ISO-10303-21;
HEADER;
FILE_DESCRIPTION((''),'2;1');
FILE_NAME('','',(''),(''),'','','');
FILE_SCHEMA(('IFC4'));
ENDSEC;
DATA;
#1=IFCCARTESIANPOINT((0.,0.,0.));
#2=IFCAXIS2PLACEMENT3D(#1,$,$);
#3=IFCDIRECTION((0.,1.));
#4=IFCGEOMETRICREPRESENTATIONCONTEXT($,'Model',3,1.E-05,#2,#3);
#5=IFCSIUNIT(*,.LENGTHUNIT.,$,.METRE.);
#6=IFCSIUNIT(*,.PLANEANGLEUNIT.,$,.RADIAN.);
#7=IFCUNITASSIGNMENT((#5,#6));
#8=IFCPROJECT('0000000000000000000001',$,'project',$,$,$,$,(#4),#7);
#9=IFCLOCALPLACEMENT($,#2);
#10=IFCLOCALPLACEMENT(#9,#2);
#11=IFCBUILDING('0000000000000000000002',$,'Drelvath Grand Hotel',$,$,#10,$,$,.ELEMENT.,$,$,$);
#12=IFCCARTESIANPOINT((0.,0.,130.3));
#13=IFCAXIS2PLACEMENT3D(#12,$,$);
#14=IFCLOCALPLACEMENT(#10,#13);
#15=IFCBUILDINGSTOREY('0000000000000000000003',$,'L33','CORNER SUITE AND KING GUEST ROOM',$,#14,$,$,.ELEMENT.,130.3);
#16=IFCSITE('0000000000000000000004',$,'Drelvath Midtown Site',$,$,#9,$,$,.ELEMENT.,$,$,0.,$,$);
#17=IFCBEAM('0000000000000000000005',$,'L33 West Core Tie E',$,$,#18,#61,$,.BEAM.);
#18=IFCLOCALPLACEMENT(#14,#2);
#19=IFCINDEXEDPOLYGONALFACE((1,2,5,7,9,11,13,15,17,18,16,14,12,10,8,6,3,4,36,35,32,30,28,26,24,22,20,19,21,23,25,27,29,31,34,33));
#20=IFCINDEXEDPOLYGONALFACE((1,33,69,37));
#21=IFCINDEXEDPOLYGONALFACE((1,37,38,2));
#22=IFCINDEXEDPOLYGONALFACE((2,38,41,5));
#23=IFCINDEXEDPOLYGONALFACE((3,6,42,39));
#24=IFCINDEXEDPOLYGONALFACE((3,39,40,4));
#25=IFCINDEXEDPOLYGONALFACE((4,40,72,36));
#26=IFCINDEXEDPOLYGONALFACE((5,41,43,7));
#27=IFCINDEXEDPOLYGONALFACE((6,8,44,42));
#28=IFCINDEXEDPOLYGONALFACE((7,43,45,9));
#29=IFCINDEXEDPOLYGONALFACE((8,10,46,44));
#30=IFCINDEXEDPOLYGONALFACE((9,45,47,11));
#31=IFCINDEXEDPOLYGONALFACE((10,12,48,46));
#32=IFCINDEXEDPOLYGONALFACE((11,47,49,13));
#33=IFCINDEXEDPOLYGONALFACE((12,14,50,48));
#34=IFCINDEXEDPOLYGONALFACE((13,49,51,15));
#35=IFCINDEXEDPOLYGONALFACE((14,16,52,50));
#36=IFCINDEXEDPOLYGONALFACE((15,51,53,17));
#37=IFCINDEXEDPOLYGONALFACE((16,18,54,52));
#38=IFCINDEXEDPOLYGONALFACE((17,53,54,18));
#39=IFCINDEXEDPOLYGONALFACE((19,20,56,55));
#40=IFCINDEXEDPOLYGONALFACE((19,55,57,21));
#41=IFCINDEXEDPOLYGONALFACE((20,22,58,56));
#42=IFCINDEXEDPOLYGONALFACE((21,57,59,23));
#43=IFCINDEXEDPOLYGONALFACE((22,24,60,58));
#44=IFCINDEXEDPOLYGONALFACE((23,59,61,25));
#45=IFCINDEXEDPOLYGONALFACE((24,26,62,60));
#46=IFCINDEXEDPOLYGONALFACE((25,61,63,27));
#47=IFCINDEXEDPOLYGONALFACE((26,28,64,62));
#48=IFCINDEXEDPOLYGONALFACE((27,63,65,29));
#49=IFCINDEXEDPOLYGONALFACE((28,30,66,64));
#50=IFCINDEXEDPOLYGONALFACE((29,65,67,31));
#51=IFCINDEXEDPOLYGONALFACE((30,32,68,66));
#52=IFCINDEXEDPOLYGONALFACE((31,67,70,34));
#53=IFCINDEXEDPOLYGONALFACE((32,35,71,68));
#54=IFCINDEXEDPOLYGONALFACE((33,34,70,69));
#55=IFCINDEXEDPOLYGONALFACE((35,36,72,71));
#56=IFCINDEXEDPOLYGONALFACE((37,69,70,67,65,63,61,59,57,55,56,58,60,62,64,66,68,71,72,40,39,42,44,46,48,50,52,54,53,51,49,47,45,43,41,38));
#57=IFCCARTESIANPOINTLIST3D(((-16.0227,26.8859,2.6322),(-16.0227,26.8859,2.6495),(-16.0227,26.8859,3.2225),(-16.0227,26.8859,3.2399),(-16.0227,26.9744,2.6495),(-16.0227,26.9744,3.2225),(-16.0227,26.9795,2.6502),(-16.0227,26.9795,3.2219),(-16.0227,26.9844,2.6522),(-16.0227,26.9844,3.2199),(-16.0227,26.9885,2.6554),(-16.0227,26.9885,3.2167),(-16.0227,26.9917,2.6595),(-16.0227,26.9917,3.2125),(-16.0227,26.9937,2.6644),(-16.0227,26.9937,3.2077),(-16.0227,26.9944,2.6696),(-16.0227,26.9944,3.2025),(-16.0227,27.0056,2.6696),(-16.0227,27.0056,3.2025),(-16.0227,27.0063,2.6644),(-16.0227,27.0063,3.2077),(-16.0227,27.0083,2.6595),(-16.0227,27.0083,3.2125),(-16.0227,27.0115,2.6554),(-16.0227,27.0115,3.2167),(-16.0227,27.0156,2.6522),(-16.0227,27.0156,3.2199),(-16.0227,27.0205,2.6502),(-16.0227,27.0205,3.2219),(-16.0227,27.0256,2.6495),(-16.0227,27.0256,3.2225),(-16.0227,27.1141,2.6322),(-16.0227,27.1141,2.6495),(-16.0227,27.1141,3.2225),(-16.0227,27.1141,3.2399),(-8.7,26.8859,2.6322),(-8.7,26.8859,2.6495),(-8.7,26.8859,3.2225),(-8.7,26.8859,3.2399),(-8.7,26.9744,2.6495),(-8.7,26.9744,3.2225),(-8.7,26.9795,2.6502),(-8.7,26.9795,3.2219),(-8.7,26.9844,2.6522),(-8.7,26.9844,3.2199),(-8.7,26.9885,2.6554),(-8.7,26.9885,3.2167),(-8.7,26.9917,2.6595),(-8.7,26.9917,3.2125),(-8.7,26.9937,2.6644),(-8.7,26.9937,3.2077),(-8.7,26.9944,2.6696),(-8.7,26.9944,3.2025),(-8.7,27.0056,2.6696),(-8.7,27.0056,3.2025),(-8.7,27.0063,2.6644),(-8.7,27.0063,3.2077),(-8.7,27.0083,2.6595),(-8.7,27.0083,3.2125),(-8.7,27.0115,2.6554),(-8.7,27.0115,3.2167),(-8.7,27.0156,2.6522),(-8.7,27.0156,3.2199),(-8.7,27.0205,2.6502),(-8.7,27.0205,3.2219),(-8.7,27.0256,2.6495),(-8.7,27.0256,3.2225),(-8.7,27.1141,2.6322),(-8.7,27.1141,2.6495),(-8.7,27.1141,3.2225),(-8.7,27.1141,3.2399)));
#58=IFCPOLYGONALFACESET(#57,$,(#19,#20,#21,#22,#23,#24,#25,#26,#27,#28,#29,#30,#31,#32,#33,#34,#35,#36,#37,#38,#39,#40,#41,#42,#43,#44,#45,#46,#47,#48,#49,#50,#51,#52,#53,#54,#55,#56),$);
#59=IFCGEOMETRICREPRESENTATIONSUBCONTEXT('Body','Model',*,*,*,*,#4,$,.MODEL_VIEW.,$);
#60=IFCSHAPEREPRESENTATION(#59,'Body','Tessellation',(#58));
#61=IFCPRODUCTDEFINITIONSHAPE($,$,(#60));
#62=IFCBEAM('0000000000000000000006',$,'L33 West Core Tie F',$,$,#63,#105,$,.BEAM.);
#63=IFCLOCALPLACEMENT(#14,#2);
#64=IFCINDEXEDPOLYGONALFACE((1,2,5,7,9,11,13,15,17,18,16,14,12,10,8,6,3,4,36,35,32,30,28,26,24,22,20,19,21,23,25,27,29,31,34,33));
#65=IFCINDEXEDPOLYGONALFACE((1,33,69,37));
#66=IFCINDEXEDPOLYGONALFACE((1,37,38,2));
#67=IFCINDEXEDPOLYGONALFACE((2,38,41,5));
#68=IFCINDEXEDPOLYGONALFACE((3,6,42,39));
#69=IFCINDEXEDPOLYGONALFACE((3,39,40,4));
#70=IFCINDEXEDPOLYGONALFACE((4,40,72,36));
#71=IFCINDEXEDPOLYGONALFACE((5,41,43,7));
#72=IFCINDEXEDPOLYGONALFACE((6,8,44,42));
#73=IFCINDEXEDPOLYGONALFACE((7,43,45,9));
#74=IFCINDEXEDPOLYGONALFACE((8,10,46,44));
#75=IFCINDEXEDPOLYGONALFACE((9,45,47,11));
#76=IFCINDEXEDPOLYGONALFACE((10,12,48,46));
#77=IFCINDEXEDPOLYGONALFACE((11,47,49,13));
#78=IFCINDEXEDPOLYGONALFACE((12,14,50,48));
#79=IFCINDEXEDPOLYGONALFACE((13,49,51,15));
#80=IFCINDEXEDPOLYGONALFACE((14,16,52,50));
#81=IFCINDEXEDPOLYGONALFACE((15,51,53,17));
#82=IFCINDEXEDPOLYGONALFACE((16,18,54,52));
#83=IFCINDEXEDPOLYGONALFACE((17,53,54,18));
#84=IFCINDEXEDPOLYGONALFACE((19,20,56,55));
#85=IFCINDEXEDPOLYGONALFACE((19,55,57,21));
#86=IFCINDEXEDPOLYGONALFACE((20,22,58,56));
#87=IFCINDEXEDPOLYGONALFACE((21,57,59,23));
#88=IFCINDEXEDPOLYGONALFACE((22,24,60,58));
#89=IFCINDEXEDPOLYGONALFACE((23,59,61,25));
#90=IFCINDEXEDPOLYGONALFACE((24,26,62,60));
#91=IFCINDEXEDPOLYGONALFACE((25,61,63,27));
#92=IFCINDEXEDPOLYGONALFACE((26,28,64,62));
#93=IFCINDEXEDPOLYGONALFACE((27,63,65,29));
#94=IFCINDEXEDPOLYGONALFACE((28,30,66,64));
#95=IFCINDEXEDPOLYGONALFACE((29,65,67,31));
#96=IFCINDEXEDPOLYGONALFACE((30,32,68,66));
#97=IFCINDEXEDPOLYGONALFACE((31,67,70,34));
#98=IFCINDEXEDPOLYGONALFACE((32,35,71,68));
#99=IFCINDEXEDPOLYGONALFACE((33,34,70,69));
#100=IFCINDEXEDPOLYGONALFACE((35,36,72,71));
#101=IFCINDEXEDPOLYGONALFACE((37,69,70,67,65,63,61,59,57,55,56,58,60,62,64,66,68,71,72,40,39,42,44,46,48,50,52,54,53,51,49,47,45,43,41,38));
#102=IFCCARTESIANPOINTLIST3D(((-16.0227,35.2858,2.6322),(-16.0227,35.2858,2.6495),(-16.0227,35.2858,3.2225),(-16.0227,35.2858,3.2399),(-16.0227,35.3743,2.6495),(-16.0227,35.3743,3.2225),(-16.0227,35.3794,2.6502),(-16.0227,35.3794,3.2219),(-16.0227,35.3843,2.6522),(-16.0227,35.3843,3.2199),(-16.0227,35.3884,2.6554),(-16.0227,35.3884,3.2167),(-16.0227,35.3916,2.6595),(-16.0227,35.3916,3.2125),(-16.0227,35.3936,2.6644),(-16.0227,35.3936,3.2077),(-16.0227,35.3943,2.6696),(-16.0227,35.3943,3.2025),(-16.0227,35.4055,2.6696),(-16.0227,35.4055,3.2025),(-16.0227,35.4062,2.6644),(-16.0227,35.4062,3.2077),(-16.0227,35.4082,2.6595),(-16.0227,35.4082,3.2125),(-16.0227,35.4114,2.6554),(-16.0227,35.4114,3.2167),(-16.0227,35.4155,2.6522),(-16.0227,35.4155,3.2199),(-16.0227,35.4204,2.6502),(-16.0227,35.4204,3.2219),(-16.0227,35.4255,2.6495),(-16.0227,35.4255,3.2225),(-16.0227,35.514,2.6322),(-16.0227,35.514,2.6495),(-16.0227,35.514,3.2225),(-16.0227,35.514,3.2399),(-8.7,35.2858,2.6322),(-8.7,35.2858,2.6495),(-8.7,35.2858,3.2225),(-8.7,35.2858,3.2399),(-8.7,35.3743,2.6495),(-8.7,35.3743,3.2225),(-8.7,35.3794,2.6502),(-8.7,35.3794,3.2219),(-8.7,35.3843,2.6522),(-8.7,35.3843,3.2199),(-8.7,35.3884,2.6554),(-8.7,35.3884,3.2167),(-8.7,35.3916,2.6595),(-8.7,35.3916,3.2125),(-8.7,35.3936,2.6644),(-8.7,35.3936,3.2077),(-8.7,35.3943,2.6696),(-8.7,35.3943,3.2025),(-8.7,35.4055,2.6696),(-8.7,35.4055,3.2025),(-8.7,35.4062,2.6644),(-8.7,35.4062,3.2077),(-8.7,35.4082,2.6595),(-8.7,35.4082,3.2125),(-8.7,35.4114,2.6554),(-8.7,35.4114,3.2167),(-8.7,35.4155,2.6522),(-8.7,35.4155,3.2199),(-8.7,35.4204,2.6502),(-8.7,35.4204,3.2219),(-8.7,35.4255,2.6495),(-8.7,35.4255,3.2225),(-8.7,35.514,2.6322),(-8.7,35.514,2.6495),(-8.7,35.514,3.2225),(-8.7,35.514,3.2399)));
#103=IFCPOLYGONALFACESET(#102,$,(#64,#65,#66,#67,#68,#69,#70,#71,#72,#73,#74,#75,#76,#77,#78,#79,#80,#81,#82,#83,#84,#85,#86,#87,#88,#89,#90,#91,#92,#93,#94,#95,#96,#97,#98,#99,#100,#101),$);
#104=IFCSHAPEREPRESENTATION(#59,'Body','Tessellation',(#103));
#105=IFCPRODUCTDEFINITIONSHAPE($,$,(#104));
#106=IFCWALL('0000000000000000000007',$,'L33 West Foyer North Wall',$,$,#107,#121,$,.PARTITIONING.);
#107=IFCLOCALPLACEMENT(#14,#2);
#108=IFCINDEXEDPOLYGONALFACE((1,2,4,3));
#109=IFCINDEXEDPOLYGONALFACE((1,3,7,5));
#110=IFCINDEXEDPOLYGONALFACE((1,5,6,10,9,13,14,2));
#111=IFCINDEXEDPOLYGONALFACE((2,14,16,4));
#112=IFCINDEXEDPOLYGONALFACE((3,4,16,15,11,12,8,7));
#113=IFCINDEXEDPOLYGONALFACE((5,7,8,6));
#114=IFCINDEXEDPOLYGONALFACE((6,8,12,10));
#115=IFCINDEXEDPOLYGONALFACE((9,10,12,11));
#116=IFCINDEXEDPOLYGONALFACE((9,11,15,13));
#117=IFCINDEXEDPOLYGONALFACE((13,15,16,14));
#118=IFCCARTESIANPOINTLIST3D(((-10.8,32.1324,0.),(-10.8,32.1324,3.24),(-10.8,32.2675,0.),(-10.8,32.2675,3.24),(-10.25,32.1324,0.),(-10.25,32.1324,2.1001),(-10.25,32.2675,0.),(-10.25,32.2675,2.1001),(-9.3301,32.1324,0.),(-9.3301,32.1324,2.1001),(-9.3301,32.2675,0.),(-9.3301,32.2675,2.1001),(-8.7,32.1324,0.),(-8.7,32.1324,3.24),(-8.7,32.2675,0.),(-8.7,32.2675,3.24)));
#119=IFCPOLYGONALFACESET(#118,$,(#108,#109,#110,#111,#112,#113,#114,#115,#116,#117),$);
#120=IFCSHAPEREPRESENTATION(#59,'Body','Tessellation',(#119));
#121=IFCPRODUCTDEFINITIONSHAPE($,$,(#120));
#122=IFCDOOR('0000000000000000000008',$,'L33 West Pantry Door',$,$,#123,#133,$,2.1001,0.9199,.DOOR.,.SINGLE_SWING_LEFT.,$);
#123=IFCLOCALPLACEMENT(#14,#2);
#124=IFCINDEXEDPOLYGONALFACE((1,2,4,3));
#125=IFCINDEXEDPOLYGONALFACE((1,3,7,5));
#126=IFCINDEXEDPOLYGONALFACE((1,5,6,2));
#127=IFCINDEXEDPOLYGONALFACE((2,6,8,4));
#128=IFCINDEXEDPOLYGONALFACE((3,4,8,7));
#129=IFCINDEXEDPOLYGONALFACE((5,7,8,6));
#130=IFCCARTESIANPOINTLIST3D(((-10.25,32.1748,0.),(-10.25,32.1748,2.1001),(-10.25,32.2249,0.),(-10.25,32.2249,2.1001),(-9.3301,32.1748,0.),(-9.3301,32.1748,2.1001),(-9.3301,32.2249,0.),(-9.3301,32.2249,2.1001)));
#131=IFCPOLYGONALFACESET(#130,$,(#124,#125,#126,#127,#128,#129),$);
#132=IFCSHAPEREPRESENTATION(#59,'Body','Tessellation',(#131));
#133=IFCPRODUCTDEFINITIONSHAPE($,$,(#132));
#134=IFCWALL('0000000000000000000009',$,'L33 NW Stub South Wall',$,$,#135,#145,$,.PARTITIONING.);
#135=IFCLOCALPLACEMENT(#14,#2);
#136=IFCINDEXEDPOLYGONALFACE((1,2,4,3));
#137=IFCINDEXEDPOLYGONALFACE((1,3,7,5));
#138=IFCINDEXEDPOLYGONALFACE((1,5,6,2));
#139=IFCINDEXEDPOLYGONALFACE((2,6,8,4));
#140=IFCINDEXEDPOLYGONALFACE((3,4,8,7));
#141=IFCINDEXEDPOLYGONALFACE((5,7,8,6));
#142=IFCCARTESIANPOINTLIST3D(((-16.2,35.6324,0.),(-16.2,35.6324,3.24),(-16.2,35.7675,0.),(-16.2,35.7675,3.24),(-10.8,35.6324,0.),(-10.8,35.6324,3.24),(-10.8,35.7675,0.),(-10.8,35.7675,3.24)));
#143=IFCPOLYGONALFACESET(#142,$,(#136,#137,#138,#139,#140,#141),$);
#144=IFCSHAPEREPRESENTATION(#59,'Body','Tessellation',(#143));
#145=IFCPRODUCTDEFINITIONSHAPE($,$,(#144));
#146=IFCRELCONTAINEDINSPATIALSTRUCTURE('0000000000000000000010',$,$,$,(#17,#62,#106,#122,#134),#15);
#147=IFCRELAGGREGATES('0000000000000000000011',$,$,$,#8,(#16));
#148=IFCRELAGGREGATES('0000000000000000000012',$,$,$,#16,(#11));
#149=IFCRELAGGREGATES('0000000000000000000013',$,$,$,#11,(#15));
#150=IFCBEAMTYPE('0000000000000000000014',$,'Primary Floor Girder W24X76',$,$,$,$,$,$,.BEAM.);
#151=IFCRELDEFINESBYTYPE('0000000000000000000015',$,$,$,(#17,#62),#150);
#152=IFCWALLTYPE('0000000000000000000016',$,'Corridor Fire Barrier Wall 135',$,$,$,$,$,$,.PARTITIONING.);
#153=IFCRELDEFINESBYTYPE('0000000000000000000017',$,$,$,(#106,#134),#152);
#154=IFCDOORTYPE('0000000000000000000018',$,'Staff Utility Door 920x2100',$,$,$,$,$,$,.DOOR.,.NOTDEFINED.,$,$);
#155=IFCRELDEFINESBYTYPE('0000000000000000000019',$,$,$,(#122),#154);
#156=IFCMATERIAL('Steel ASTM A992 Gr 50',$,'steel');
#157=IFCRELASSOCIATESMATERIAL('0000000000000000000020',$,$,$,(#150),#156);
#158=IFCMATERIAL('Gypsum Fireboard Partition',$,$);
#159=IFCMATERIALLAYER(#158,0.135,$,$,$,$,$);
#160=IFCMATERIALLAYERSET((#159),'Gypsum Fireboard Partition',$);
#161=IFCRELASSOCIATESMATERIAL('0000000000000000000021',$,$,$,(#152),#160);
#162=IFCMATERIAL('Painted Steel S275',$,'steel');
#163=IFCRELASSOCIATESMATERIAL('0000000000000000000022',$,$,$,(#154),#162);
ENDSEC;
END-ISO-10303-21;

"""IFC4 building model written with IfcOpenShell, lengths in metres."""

from ifc_helpers import new_model, si_unit, direction, frame, frame_2d, origin, origin_2d, place, context, subcontext, project, spatial, rectangle, i_section, extrude, material, layer, layer_set, material_profile, profile_set, type_object, element, fill, save


model = new_model("IFC4")

# Units and contexts
model_context = context("Model", 3, precision=1e-05, world=origin(), true_north=direction((0.0, 1.0)))
body_context = subcontext(model_context, "Body", "Model", "MODEL_VIEW")
ifc_project = project(units=[si_unit("LENGTHUNIT", "METRE"), si_unit("PLANEANGLEUNIT", "RADIAN")], contexts=[model_context])

# Site, building, storey
site_placement = place(None, origin())
site = spatial("IfcSite", under=ifc_project, at=site_placement, Name="Drelvath Midtown Site", CompositionType="ELEMENT", RefElevation=0.0)
building_placement = place(site_placement, origin())
building = spatial("IfcBuilding", under=site, at=building_placement, Name="Drelvath Grand Hotel", CompositionType="ELEMENT")
storey_placement = place(building_placement, frame((0.0, 0.0, 130.3)))
storey = spatial("IfcBuildingStorey", under=building, at=storey_placement, Name="L33", Description="CORNER SUITE AND KING GUEST ROOM", CompositionType="ELEMENT", Elevation=130.3)

# Beams
ifc_material_1 = material(Name="Steel ASTM A992 Gr 50", Category="steel")
ifc_material_profile = material_profile(ifc_material_1, i_section(OverallWidth=0.2283, OverallDepth=0.6077, WebThickness=0.0112, FlangeThickness=0.0173, FilletRadius=0.02, at=origin_2d()), Name="W24X76")
ifc_profile_set = profile_set([ifc_material_profile], Name="Steel ASTM A992 Gr 50")
beam_type = type_object("IfcBeamType", Name="Primary Floor Girder W24X76", PredefinedType="BEAM", material=ifc_profile_set)
for number, where, z_axis, x_axis, name in (
    (1, (-16.0227, 27.0, 2.936), (1.0, 0.0, 0.0), (0.0, 1.0, 0.0), "L33 West Core Tie E"),
    (2, (-16.0227, 35.3999, 2.936), (1.0, 0.0, 0.0), (0.0, 1.0, 0.0), "L33 West Core Tie F"),
):
    element("IfcBeam", number, at=place(storey_placement, frame(where, z_axis=z_axis, x_axis=x_axis)), inside=storey, type_object=beam_type, Name=name, PredefinedType="BEAM", context=body_context, shape_type="SweptSolid", body=[
        extrude(i_section(OverallWidth=0.2283, OverallDepth=0.6077, WebThickness=0.0112, FlangeThickness=0.0173, FilletRadius=0.02, at=origin_2d()), origin(), (0.0, 0.0, 1.0), 7.3228),
    ])

# Wall, opening, door
ifc_material_2 = material(Name="Gypsum Fireboard Partition")
ifc_layer_1 = layer(ifc_material_2, 0.135)
ifc_layer_set_1 = layer_set([ifc_layer_1], Name="Gypsum Fireboard Partition")
wall_type_1 = type_object("IfcWallType", Name="Corridor Fire Barrier Wall 135", PredefinedType="PARTITIONING", material=ifc_layer_set_1)
wall_1_placement = place(storey_placement, frame((-10.8, 32.2, 0.0), z_axis=(0.0, 0.0, 1.0), x_axis=(1.0, 0.0, 0.0)))
wall_1 = element("IfcWall", 3, at=wall_1_placement, inside=storey, type_object=wall_type_1, Name="L33 West Foyer North Wall", PredefinedType="PARTITIONING", context=body_context, shape_type="SweptSolid", body=[
    extrude(rectangle(XDim=2.1001, YDim=0.135, at=frame_2d((1.05, 0.0))), origin(), (0.0, 0.0, 1.0), 3.24),
])
opening_1_placement = place(wall_1_placement, frame((0.55, 0.0, 0.0)))
opening_1 = element("IfcOpeningElement", 4, at=opening_1_placement, cuts=wall_1, PredefinedType="OPENING", context=body_context, shape_type="SweptSolid", body=[
    extrude(rectangle(XDim=0.9199, YDim=2.1001, at=frame_2d((0.46, 1.05))), frame((0.0, 0.0774, 0.0), z_axis=(0.0, -1.0, 0.0), x_axis=(1.0, 0.0, 0.0)), (0.0, 0.0, 1.0), 0.155),
])
ifc_material_3 = material(Name="Painted Steel S275", Category="steel")
door_type_1 = type_object("IfcDoorType", Name="Staff Utility Door 920x2100", OperationType="NOTDEFINED", PredefinedType="DOOR", material=ifc_material_3)
door_1_placement = place(opening_1_placement, origin())
door_1 = element("IfcDoor", 5, at=door_1_placement, inside=storey, type_object=door_type_1, Name="L33 West Pantry Door", OperationType="SINGLE_SWING_LEFT", OverallHeight=2.1001, OverallWidth=0.9199, PredefinedType="DOOR", context=body_context, shape_type="SweptSolid", body=[
    extrude(rectangle(XDim=0.9199, YDim=2.1001, at=frame_2d((0.46, 1.05))), frame((0.0, 0.0249, 0.0), z_axis=(0.0, -1.0, 0.0), x_axis=(1.0, 0.0, 0.0)), (0.0, 0.0, 1.0), 0.05),
])
fill(opening_1, door_1)

# Wall
wall_2_placement = place(storey_placement, frame((-16.2, 35.7, 0.0), z_axis=(0.0, 0.0, 1.0), x_axis=(1.0, 0.0, 0.0)))
element("IfcWall", 6, at=wall_2_placement, inside=storey, type_object=wall_type_1, Name="L33 NW Stub South Wall", PredefinedType="PARTITIONING", context=body_context, shape_type="SweptSolid", body=[
    extrude(rectangle(XDim=5.3999, YDim=0.135, at=frame_2d((2.7, 0.0))), origin(), (0.0, 0.0, 1.0), 3.24),
])

save(model, "model.ifc")
